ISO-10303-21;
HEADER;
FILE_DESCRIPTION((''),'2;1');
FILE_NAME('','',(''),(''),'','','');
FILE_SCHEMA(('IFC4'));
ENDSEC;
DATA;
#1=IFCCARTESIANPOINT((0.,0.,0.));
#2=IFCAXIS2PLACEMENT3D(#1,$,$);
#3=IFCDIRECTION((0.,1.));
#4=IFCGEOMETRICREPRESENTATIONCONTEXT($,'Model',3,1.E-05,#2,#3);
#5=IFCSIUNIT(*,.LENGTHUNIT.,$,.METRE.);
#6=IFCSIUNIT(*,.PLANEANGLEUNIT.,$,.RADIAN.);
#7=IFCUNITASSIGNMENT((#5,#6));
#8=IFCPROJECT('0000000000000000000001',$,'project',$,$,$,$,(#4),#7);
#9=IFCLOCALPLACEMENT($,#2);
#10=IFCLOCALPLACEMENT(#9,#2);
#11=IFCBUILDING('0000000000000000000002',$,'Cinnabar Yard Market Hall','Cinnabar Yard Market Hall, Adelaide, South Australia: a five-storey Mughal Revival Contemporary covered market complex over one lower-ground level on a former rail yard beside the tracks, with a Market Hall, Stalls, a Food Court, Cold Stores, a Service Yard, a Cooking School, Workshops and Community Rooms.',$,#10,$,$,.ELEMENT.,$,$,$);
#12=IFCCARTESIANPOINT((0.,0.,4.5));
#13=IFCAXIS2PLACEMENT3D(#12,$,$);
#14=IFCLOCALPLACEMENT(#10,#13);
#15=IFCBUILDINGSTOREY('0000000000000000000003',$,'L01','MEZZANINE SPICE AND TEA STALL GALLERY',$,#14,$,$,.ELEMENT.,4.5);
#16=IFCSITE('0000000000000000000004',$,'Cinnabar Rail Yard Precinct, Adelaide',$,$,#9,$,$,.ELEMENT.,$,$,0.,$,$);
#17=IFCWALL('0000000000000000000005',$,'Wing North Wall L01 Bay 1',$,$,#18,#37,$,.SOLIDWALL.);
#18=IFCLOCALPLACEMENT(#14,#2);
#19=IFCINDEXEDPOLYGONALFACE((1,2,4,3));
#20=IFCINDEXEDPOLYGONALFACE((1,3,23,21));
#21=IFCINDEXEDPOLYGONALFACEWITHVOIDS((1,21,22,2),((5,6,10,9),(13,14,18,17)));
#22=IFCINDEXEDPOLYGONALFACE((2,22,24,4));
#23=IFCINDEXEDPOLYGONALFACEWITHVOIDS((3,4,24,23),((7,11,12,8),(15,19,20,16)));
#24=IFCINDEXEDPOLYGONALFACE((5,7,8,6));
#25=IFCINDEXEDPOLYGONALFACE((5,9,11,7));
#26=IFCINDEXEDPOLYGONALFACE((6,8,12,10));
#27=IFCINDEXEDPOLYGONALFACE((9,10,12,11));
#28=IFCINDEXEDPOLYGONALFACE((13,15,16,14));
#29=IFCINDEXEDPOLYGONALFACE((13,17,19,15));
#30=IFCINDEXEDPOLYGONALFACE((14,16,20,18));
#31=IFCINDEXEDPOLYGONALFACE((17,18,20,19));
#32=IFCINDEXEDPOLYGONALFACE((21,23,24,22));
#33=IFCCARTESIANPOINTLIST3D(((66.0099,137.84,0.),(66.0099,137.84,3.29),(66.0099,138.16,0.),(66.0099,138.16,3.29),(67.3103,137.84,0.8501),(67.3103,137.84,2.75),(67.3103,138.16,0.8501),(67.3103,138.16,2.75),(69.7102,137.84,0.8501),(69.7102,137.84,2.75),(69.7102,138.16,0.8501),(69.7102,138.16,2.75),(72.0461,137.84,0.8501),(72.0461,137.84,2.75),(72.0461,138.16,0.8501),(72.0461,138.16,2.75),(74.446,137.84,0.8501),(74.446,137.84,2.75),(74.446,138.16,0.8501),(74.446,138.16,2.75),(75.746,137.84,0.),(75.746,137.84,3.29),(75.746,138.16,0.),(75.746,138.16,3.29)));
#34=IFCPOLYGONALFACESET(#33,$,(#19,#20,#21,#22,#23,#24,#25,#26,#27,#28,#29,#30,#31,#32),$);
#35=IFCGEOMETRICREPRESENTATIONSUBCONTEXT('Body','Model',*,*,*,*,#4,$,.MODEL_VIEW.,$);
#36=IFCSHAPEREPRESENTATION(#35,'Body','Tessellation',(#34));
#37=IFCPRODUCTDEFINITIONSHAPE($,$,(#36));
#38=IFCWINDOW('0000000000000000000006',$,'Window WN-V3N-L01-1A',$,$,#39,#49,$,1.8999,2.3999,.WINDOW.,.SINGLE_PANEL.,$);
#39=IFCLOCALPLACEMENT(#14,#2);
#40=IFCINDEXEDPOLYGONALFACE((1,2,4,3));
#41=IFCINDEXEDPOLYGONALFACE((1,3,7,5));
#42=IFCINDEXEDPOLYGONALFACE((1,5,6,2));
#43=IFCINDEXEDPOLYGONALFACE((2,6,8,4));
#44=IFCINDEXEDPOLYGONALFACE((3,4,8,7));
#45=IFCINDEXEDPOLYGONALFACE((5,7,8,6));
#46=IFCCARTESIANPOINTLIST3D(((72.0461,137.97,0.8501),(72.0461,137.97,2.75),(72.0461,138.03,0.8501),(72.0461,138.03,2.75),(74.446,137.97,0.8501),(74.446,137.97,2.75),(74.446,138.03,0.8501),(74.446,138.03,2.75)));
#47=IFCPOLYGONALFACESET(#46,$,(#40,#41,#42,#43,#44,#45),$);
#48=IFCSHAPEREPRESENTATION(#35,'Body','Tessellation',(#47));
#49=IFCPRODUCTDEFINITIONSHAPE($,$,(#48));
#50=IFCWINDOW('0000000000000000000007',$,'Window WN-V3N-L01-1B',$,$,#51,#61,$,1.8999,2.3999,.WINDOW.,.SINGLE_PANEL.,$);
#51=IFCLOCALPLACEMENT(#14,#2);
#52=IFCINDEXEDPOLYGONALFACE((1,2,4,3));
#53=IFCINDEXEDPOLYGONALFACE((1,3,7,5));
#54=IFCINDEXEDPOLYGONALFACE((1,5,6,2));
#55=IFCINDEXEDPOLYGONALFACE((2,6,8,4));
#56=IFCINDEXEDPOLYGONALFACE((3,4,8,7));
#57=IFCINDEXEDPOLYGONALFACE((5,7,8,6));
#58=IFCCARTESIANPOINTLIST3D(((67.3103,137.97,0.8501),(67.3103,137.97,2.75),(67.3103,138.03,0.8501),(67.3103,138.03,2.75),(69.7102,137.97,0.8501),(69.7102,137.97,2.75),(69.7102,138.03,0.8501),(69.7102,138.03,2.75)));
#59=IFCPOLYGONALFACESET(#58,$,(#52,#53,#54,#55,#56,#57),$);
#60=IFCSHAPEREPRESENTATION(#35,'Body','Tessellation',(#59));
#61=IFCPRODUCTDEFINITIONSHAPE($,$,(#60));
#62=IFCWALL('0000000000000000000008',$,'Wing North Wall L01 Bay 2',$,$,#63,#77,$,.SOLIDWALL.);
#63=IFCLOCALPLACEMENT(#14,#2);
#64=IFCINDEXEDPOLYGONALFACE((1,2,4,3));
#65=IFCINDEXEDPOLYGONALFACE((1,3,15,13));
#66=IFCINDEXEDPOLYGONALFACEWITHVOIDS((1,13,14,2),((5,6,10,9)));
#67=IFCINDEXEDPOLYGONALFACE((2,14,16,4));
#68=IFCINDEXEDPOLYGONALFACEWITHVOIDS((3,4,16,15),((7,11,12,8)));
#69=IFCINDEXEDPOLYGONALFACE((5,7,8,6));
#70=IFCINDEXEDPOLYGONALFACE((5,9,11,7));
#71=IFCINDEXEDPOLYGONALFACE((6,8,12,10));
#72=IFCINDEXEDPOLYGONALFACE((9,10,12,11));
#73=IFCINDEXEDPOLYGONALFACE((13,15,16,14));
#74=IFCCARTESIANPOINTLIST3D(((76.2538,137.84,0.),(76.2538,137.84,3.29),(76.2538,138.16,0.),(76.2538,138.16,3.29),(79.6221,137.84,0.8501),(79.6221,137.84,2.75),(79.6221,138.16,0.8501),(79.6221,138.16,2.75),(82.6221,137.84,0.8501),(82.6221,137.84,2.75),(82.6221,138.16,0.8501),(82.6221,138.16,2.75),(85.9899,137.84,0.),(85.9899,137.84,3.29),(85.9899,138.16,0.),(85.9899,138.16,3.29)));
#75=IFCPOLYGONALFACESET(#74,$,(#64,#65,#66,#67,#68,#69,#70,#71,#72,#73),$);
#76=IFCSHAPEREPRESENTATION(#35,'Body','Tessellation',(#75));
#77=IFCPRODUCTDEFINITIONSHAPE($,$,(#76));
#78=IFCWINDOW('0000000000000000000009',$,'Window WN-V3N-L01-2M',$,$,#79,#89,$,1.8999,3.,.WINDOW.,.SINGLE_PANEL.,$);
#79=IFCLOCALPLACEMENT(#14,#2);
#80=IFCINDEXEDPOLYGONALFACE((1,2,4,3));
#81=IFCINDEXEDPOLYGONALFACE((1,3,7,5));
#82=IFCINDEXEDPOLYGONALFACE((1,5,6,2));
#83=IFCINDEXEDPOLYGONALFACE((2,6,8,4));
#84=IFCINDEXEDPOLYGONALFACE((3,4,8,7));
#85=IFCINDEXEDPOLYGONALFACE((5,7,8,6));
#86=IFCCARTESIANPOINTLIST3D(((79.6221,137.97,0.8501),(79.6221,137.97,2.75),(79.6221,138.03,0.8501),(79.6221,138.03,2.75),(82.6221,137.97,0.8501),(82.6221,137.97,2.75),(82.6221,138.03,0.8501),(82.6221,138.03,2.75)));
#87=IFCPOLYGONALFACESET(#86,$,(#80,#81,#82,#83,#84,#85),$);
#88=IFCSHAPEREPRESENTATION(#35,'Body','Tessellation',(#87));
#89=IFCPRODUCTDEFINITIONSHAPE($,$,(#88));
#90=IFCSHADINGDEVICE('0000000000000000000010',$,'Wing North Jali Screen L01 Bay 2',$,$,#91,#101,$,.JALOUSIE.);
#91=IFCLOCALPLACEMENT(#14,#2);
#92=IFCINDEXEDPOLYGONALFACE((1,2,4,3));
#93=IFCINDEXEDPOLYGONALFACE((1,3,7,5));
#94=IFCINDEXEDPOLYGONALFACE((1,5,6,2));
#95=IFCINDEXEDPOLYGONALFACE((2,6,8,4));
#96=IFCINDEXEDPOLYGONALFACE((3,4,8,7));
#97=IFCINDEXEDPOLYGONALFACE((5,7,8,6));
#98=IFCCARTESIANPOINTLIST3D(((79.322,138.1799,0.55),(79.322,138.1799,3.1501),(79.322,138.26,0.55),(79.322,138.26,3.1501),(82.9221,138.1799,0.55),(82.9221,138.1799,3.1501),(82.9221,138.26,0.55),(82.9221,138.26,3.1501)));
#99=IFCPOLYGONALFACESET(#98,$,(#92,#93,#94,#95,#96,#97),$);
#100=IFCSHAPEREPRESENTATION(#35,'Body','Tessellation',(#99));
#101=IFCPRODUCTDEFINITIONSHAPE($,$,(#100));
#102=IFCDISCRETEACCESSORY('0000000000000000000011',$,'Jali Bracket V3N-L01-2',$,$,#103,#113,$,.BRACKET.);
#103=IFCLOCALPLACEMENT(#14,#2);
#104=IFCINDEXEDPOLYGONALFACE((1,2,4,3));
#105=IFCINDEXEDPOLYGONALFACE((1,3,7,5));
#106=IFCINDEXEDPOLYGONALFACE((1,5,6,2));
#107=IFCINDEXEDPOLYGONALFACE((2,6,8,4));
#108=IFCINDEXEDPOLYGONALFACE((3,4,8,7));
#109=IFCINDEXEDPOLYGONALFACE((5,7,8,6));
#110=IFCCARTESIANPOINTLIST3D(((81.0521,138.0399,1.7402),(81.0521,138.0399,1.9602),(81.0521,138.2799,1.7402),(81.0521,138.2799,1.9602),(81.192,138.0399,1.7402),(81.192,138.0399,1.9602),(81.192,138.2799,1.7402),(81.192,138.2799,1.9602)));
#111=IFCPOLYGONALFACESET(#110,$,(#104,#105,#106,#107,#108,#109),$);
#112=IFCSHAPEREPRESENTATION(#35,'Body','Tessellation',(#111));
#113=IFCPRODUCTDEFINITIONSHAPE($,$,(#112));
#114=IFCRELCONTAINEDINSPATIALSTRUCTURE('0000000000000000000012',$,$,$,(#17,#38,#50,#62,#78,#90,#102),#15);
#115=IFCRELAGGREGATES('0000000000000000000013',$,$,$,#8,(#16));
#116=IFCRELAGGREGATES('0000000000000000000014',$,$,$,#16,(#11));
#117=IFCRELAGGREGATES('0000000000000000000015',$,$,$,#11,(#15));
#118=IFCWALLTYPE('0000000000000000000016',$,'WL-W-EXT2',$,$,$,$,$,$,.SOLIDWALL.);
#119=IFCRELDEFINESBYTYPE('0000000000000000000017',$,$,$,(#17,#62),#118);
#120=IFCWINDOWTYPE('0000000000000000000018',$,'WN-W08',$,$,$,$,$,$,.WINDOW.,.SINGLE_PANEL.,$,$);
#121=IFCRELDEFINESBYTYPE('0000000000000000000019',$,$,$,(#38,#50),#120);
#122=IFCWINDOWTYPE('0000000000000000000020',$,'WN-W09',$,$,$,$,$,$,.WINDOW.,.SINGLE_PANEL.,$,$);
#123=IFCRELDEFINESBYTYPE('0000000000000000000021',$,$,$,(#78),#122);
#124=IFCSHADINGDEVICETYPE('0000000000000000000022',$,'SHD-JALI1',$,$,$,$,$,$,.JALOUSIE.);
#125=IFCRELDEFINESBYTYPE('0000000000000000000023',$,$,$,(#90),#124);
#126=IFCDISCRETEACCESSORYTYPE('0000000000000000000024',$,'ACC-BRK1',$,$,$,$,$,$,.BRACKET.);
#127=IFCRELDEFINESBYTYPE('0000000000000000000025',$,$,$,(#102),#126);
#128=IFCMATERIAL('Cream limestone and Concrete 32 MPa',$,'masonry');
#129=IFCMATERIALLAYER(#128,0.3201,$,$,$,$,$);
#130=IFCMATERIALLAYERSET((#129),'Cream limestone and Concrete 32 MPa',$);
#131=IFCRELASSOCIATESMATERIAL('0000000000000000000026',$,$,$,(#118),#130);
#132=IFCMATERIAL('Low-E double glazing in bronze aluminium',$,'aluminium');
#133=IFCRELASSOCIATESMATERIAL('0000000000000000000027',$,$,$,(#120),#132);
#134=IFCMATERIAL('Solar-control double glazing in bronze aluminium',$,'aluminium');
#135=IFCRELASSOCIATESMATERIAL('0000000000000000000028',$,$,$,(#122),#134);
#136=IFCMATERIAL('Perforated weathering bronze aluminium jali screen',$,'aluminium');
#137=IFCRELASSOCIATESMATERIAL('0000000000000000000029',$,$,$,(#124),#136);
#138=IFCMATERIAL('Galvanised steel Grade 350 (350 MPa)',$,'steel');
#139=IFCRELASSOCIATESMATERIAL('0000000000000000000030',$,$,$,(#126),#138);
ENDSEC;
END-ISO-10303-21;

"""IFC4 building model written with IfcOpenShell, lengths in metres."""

from ifc_helpers import new_model, si_unit, direction, frame, frame_2d, origin, origin_2d_with_axis, place, context, subcontext, project, spatial, rectangle, extrude, material, layer, layer_set, type_object, element, fill, save


model = new_model("IFC4")

# Units and contexts
model_context = context("Model", 3, precision=1e-05, world=origin(), true_north=direction((0.0, 1.0)))
body_context = subcontext(model_context, "Body", "Model", "MODEL_VIEW")
ifc_project = project(units=[si_unit("LENGTHUNIT", "METRE"), si_unit("PLANEANGLEUNIT", "RADIAN")], contexts=[model_context])

# Site, building, storey
site_placement = place(None, origin())
site = spatial("IfcSite", under=ifc_project, at=site_placement, Name="Cinnabar Rail Yard Precinct, Adelaide", CompositionType="ELEMENT", RefElevation=0.0)
building_placement = place(site_placement, origin())
building = spatial("IfcBuilding", under=site, at=building_placement, Name="Cinnabar Yard Market Hall", Description="Cinnabar Yard Market Hall, Adelaide, South Australia: a five-storey Mughal Revival Contemporary covered market complex over one lower-ground level on a former rail yard beside the tracks, with a Market Hall, Stalls, a Food Court, Cold Stores, a Service Yard, a Cooking School, Workshops and Community Rooms.", CompositionType="ELEMENT")
storey_placement = place(building_placement, frame((0.0, 0.0, 4.5)))
storey = spatial("IfcBuildingStorey", under=building, at=storey_placement, Name="L01", Description="MEZZANINE SPICE AND TEA STALL GALLERY", CompositionType="ELEMENT", Elevation=4.5)

# Wall, openings, windows
ifc_material_1 = material(Name="Cream limestone and Concrete 32 MPa", Category="masonry")
ifc_layer = layer(ifc_material_1, 0.3201)
ifc_layer_set = layer_set([ifc_layer], Name="Cream limestone and Concrete 32 MPa")
wall_type = type_object("IfcWallType", Name="WL-W-EXT2", PredefinedType="SOLIDWALL", material=ifc_layer_set)
wall_1_placement = place(storey_placement, frame((75.7461, 138.0, 0.0), z_axis=(0.0, 0.0, 1.0), x_axis=(-1.0, 0.0, 0.0)))
wall_1 = element("IfcWall", 1, at=wall_1_placement, inside=storey, type_object=wall_type, Name="Wing North Wall L01 Bay 1", PredefinedType="SOLIDWALL", context=body_context, shape_type="SweptSolid", body=[
    extrude(rectangle(XDim=9.7361, YDim=0.3201, at=frame_2d((4.8682, 0.0), x_axis=(1.0, 0.0))), origin(), (0.0, 0.0, 1.0), 3.29),
])
opening_1_placement = place(wall_1_placement, frame((1.3, 0.0, 0.8501)))
opening_1 = element("IfcOpeningElement", 2, at=opening_1_placement, cuts=wall_1, PredefinedType="OPENING", context=body_context, shape_type="SweptSolid", body=[
    extrude(rectangle(XDim=2.3999, YDim=1.8999, at=frame_2d((1.2, 0.95), x_axis=(1.0, 0.0))), frame((0.0, 0.1699, 0.0), z_axis=(0.0, -1.0, 0.0), x_axis=(1.0, 0.0, 0.0)), (0.0, 0.0, 1.0), 0.3401),
])
opening_2_placement = place(wall_1_placement, frame((6.0359, 0.0, 0.8501)))
opening_2 = element("IfcOpeningElement", 3, at=opening_2_placement, cuts=wall_1, PredefinedType="OPENING", context=body_context, shape_type="SweptSolid", body=[
    extrude(rectangle(XDim=2.3999, YDim=1.8999, at=frame_2d((1.2, 0.95), x_axis=(1.0, 0.0))), frame((0.0, 0.1699, 0.0), z_axis=(0.0, -1.0, 0.0), x_axis=(1.0, 0.0, 0.0)), (0.0, 0.0, 1.0), 0.3401),
])
ifc_material_2 = material(Name="Low-E double glazing in bronze aluminium", Category="aluminium")
window_type_1 = type_object("IfcWindowType", Name="WN-W08", PartitioningType="SINGLE_PANEL", PredefinedType="WINDOW", material=ifc_material_2)
window_1_placement = place(opening_1_placement, origin())
window_1 = element("IfcWindow", 4, at=window_1_placement, inside=storey, type_object=window_type_1, Name="Window WN-V3N-L01-1A", OverallHeight=1.8999, OverallWidth=2.3999, PartitioningType="SINGLE_PANEL", PredefinedType="WINDOW", context=body_context, shape_type="SweptSolid", body=[
    extrude(rectangle(XDim=2.3999, YDim=1.8999, at=frame_2d((1.2, 0.95), x_axis=(1.0, 0.0))), frame((0.0, 0.03, 0.0), z_axis=(0.0, -1.0, 0.0), x_axis=(1.0, 0.0, 0.0)), (0.0, 0.0, 1.0), 0.0601),
])
fill(opening_1, window_1)
window_2_placement = place(opening_2_placement, origin())
window_2 = element("IfcWindow", 5, at=window_2_placement, inside=storey, type_object=window_type_1, Name="Window WN-V3N-L01-1B", OverallHeight=1.8999, OverallWidth=2.3999, PartitioningType="SINGLE_PANEL", PredefinedType="WINDOW", context=body_context, shape_type="SweptSolid", body=[
    extrude(rectangle(XDim=2.3999, YDim=1.8999, at=frame_2d((1.2, 0.95), x_axis=(1.0, 0.0))), frame((0.0, 0.03, 0.0), z_axis=(0.0, -1.0, 0.0), x_axis=(1.0, 0.0, 0.0)), (0.0, 0.0, 1.0), 0.0601),
])
fill(opening_2, window_2)

# Wall, opening, window
wall_2_placement = place(storey_placement, frame((85.99, 138.0, 0.0), z_axis=(0.0, 0.0, 1.0), x_axis=(-1.0, 0.0, 0.0)))
wall_2 = element("IfcWall", 6, at=wall_2_placement, inside=storey, type_object=wall_type, Name="Wing North Wall L01 Bay 2", PredefinedType="SOLIDWALL", context=body_context, shape_type="SweptSolid", body=[
    extrude(rectangle(XDim=9.7361, YDim=0.3201, at=frame_2d((4.8682, 0.0), x_axis=(1.0, 0.0))), origin(), (0.0, 0.0, 1.0), 3.29),
])
opening_3_placement = place(wall_2_placement, frame((3.3679, 0.0, 0.8501)))
opening_3 = element("IfcOpeningElement", 7, at=opening_3_placement, cuts=wall_2, PredefinedType="OPENING", context=body_context, shape_type="SweptSolid", body=[
    extrude(rectangle(XDim=3.0, YDim=1.8999, at=frame_2d((1.5, 0.95), x_axis=(1.0, 0.0))), frame((0.0, 0.1699, 0.0), z_axis=(0.0, -1.0, 0.0), x_axis=(1.0, 0.0, 0.0)), (0.0, 0.0, 1.0), 0.3401),
])
ifc_material_3 = material(Name="Solar-control double glazing in bronze aluminium", Category="aluminium")
window_type_2 = type_object("IfcWindowType", Name="WN-W09", PartitioningType="SINGLE_PANEL", PredefinedType="WINDOW", material=ifc_material_3)
window_3_placement = place(opening_3_placement, origin())
window_3 = element("IfcWindow", 8, at=window_3_placement, inside=storey, type_object=window_type_2, Name="Window WN-V3N-L01-2M", OverallHeight=1.8999, OverallWidth=3.0, PartitioningType="SINGLE_PANEL", PredefinedType="WINDOW", context=body_context, shape_type="SweptSolid", body=[
    extrude(rectangle(XDim=3.0, YDim=1.8999, at=frame_2d((1.5, 0.95), x_axis=(1.0, 0.0))), frame((0.0, 0.03, 0.0), z_axis=(0.0, -1.0, 0.0), x_axis=(1.0, 0.0, 0.0)), (0.0, 0.0, 1.0), 0.0601),
])
fill(opening_3, window_3)

# Shading device
ifc_material_4 = material(Name="Perforated weathering bronze aluminium jali screen", Category="aluminium")
shading_device_type = type_object("IfcShadingDeviceType", Name="SHD-JALI1", PredefinedType="JALOUSIE", material=ifc_material_4)
shading_device_placement = place(storey_placement, frame((81.1221, 138.22, 0.55), z_axis=(0.0, 0.0, 1.0), x_axis=(1.0, 0.0, 0.0)))
element("IfcShadingDevice", 9, at=shading_device_placement, inside=storey, type_object=shading_device_type, Name="Wing North Jali Screen L01 Bay 2", PredefinedType="JALOUSIE", context=body_context, shape_type="SweptSolid", body=[
    extrude(rectangle(XDim=3.6001, YDim=0.0801, at=origin_2d_with_axis()), origin(), (0.0, 0.0, 1.0), 2.6001),
])

# Discrete accessory
ifc_material_5 = material(Name="Galvanised steel Grade 350 (350 MPa)", Category="steel")
discrete_accessory_type = type_object("IfcDiscreteAccessoryType", Name="ACC-BRK1", PredefinedType="BRACKET", material=ifc_material_5)
discrete_accessory_placement = place(storey_placement, frame((81.1221, 138.1599, 1.7402), z_axis=(0.0, 0.0, 1.0), x_axis=(1.0, 0.0, 0.0)))
element("IfcDiscreteAccessory", 10, at=discrete_accessory_placement, inside=storey, type_object=discrete_accessory_type, Name="Jali Bracket V3N-L01-2", PredefinedType="BRACKET", context=body_context, shape_type="SweptSolid", body=[
    extrude(rectangle(XDim=0.1399, YDim=0.24, at=origin_2d_with_axis()), origin(), (0.0, 0.0, 1.0), 0.22),
])

save(model, "model.ifc")
